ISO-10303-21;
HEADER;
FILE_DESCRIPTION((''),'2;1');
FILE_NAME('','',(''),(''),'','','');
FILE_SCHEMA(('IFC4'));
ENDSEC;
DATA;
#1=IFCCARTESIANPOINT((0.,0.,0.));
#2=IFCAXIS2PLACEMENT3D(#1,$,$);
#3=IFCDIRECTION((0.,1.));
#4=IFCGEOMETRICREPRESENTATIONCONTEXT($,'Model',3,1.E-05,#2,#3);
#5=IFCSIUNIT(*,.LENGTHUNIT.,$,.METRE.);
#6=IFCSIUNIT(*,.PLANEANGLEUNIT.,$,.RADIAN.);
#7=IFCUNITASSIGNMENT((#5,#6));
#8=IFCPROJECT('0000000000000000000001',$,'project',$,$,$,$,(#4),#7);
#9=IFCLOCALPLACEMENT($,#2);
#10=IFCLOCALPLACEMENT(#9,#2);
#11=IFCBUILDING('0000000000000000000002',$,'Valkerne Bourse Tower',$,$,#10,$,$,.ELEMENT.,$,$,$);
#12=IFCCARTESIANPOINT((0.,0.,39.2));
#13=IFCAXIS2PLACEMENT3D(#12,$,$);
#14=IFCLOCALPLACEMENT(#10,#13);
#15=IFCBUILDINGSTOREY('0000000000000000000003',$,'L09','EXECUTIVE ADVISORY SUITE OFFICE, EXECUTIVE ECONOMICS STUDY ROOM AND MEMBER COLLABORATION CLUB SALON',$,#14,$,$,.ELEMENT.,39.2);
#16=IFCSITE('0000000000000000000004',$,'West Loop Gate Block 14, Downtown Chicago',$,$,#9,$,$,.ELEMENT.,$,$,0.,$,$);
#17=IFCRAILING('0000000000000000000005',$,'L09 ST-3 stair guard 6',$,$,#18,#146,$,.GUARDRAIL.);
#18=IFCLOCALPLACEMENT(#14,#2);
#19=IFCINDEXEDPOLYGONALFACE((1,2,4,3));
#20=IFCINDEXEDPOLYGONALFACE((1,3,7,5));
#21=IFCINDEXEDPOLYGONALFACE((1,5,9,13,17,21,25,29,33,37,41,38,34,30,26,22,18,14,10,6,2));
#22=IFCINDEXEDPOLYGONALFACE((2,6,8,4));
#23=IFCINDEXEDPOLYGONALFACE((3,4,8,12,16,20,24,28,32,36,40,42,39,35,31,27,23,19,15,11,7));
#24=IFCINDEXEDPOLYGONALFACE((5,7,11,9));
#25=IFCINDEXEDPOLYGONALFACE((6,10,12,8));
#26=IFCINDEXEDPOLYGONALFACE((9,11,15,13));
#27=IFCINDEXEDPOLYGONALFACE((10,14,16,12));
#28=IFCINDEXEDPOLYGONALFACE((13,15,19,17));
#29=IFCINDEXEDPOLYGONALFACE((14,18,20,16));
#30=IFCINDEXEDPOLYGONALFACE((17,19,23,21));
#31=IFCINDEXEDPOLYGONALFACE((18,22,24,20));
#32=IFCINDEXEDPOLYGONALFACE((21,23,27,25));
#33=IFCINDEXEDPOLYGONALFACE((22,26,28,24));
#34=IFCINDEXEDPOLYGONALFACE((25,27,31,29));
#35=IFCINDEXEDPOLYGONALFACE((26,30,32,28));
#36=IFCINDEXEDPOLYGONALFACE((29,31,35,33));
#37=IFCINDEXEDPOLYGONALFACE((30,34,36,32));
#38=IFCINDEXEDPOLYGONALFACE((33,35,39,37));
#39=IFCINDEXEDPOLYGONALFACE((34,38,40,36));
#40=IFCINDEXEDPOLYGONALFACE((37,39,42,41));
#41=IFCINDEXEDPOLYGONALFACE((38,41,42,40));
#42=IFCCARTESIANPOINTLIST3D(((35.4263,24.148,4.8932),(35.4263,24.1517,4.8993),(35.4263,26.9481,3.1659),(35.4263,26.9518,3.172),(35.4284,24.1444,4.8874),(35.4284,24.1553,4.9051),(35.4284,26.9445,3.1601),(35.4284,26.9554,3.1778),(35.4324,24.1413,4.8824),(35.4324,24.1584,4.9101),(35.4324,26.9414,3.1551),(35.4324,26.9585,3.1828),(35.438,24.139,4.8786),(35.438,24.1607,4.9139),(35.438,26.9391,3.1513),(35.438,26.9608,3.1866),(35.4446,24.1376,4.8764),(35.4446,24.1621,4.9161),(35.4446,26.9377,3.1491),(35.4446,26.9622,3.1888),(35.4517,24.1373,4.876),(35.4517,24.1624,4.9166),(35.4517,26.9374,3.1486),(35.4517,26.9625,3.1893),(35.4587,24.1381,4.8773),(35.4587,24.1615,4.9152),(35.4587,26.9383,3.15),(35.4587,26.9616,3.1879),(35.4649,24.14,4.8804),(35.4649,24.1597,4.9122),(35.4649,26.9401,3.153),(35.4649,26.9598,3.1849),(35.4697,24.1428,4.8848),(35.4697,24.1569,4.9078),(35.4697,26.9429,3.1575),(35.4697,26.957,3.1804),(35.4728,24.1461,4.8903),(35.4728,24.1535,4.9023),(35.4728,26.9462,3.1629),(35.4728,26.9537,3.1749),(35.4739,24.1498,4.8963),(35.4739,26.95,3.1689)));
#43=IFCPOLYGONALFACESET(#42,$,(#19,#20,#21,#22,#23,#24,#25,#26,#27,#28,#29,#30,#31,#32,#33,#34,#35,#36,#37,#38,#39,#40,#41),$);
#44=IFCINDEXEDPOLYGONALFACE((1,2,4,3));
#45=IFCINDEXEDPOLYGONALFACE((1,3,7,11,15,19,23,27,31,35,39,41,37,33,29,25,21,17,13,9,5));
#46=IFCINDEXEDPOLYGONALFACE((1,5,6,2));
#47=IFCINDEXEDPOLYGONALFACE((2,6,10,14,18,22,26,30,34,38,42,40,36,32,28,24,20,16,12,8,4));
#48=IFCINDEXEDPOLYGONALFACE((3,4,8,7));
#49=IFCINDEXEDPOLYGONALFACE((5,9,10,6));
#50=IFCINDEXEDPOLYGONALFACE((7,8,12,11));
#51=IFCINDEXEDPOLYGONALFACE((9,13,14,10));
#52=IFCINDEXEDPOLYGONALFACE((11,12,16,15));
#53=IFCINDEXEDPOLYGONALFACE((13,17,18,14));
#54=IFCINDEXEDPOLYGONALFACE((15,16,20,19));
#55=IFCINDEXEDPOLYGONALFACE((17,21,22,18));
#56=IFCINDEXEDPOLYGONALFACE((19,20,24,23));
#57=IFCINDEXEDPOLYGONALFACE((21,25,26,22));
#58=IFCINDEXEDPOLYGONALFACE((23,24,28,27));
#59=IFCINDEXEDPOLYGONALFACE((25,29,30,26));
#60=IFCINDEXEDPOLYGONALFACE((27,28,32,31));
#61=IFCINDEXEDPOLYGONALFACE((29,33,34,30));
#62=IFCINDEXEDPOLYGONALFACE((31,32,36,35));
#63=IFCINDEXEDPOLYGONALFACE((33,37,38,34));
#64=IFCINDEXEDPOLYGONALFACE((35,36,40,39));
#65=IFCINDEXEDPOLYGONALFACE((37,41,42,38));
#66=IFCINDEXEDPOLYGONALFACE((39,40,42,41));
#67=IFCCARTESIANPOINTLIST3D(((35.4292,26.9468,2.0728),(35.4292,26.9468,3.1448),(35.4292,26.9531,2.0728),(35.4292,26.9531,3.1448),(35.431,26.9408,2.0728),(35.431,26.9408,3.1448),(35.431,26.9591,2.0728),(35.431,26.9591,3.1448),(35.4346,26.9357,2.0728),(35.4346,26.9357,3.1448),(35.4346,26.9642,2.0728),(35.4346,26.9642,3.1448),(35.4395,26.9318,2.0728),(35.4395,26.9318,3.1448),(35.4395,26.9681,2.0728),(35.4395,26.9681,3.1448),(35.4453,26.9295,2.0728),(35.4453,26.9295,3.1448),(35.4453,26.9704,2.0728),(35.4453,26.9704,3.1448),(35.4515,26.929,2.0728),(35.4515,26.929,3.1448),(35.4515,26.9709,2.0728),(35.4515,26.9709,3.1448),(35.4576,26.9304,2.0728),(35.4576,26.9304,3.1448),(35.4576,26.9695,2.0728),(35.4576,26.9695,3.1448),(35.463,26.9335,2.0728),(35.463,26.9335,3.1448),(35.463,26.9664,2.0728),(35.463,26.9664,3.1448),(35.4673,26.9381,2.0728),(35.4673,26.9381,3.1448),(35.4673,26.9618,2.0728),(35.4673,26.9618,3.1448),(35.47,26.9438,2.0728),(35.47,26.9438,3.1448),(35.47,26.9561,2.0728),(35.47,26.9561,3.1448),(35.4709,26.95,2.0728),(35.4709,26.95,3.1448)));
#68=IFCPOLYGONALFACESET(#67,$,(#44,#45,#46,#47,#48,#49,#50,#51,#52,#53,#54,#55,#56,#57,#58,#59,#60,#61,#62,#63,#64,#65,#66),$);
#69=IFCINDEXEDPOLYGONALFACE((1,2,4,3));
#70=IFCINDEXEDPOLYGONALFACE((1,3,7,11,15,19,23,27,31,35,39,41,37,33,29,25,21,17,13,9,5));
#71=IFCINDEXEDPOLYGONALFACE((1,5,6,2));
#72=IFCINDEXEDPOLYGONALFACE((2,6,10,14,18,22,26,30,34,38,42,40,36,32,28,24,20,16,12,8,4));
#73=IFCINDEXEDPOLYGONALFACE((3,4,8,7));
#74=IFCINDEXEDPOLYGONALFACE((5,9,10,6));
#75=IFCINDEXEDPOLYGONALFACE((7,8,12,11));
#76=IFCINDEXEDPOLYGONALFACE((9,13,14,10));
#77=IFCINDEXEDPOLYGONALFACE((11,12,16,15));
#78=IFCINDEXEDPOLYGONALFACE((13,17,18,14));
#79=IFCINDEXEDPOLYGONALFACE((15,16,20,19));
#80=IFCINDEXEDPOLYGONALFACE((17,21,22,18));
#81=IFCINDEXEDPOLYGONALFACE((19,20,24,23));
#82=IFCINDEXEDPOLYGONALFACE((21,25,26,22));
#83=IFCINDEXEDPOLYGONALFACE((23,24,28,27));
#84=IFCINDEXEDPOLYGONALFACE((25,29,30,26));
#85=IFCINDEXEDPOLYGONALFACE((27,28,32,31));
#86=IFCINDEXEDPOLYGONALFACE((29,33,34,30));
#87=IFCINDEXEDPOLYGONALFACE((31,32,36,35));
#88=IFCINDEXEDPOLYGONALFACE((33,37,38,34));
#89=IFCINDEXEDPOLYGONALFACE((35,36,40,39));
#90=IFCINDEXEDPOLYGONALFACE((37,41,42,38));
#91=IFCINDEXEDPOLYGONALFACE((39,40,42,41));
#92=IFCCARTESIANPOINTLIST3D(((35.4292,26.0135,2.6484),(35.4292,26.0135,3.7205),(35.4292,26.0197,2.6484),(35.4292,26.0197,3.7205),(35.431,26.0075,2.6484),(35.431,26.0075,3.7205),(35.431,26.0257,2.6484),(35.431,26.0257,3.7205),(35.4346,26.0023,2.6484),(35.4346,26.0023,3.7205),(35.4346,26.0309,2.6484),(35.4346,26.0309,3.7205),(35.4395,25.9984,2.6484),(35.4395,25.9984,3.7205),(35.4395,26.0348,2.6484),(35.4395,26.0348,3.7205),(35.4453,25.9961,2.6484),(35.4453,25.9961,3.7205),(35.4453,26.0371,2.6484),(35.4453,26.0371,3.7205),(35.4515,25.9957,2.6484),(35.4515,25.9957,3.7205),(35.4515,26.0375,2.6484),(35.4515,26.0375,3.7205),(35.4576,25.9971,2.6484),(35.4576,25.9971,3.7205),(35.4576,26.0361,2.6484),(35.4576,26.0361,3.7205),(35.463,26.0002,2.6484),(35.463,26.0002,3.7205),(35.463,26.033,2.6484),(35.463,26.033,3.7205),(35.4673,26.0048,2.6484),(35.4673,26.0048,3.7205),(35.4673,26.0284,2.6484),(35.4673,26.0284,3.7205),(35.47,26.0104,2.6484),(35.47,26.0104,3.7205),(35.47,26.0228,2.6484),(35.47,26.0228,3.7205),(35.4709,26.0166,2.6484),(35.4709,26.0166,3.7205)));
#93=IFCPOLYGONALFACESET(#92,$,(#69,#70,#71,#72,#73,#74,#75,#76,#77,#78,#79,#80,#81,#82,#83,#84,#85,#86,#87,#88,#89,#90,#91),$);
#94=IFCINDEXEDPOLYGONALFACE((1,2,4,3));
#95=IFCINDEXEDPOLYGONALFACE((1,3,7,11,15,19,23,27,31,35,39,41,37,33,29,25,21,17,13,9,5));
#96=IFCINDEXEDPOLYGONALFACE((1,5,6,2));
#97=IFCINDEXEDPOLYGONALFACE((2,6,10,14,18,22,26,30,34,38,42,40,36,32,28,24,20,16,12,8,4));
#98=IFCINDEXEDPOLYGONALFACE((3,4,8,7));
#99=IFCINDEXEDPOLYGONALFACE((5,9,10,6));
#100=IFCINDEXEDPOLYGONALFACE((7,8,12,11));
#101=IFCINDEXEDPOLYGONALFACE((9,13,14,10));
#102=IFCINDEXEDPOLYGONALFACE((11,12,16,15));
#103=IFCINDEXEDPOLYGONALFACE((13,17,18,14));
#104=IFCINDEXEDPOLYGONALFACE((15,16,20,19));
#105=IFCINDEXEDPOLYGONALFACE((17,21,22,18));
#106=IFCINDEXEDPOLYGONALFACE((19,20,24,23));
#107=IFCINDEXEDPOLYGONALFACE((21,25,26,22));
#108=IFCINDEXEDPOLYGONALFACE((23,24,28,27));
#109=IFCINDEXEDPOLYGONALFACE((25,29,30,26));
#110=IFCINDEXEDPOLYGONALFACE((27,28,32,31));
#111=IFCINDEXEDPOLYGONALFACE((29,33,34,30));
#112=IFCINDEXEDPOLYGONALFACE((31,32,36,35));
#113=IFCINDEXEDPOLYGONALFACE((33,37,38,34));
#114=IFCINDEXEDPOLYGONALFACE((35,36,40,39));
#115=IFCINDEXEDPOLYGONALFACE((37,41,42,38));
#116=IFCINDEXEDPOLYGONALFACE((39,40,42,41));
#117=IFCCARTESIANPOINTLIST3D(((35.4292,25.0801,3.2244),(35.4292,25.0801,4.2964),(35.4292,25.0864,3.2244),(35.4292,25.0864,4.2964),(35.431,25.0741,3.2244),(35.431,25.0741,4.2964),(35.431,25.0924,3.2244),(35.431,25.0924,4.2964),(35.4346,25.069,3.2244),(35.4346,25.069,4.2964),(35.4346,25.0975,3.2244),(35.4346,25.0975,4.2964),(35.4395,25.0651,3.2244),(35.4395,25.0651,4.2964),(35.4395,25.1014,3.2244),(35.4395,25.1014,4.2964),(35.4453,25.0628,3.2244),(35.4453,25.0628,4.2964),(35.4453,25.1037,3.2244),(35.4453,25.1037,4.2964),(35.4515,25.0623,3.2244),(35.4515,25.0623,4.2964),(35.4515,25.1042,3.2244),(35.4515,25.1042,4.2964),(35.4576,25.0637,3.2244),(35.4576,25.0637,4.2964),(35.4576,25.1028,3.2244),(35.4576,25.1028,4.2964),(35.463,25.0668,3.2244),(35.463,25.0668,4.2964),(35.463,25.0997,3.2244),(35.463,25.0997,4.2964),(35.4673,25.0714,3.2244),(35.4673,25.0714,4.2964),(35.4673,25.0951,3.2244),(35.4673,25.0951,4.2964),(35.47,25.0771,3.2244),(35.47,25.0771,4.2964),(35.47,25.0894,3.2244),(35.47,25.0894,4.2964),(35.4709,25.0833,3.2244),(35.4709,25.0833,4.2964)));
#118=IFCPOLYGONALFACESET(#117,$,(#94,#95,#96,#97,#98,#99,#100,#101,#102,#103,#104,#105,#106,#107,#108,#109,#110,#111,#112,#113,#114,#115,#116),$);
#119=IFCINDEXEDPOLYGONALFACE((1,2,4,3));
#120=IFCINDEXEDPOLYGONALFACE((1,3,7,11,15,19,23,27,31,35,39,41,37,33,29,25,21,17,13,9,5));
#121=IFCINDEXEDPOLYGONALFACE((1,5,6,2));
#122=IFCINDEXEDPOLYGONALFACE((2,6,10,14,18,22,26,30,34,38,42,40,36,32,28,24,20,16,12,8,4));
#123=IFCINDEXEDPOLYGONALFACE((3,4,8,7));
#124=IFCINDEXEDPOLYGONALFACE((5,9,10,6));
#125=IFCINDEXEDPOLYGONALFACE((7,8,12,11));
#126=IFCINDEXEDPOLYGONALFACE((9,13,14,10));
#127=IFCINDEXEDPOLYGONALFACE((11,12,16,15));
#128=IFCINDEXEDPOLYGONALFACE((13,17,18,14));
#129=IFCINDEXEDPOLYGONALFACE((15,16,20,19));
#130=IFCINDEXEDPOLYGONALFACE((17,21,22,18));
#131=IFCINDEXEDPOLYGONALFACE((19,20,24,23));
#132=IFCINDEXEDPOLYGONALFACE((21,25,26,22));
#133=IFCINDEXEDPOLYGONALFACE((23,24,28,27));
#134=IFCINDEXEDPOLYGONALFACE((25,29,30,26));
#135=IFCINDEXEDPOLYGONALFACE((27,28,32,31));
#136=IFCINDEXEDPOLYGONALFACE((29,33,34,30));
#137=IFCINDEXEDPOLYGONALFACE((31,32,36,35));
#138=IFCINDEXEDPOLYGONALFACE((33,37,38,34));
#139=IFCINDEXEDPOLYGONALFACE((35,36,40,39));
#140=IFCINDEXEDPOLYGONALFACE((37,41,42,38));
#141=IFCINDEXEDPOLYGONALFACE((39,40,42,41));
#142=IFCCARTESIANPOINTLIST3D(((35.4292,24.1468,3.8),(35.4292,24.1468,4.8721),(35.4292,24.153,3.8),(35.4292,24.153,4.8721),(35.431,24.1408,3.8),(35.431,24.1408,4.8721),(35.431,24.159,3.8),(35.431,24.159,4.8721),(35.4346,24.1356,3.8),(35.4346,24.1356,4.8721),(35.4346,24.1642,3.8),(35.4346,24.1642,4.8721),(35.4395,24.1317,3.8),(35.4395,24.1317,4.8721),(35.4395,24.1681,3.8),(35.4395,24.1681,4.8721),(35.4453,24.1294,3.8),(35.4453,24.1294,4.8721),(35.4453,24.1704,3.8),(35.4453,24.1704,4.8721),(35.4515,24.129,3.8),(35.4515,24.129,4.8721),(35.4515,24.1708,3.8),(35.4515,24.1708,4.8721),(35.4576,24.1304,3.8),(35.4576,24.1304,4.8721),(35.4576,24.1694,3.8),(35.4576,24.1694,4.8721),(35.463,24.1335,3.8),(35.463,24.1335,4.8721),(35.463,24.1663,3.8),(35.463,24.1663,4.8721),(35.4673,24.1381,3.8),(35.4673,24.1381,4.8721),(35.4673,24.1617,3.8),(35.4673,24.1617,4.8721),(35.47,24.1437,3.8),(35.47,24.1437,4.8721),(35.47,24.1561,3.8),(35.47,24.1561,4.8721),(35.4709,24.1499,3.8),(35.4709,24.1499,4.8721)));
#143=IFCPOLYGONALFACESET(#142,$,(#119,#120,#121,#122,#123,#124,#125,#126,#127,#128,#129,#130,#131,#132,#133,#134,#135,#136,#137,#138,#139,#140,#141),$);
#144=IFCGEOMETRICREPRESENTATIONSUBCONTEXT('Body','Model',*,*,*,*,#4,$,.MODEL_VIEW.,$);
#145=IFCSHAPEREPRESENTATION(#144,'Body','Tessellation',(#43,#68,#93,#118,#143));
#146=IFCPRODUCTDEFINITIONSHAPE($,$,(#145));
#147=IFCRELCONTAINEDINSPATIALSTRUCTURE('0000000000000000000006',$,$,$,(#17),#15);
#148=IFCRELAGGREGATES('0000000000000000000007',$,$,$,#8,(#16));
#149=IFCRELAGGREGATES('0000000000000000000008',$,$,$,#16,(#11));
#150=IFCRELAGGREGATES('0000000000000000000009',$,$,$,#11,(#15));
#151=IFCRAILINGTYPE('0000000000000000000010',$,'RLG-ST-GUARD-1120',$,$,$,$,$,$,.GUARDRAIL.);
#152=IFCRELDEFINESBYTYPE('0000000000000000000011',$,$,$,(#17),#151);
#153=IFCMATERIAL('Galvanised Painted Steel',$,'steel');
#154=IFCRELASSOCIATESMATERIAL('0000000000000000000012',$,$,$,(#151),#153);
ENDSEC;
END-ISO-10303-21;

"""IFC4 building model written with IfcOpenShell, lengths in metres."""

from ifc_helpers import new_model, si_unit, direction, frame, origin, origin_2d, place, context, subcontext, project, spatial, circle, extrude, material, type_object, element, save


model = new_model("IFC4")

# Units and contexts
model_context = context("Model", 3, precision=1e-05, world=origin(), true_north=direction((0.0, 1.0)))
body_context = subcontext(model_context, "Body", "Model", "MODEL_VIEW")
ifc_project = project(units=[si_unit("LENGTHUNIT", "METRE"), si_unit("PLANEANGLEUNIT", "RADIAN")], contexts=[model_context])

# Site, building, storey
site_placement = place(None, origin())
site = spatial("IfcSite", under=ifc_project, at=site_placement, Name="West Loop Gate Block 14, Downtown Chicago", CompositionType="ELEMENT", RefElevation=0.0)
building_placement = place(site_placement, origin())
building = spatial("IfcBuilding", under=site, at=building_placement, Name="Valkerne Bourse Tower", CompositionType="ELEMENT")
storey_placement = place(building_placement, frame((0.0, 0.0, 39.2)))
storey = spatial("IfcBuildingStorey", under=building, at=storey_placement, Name="L09", Description="EXECUTIVE ADVISORY SUITE OFFICE, EXECUTIVE ECONOMICS STUDY ROOM AND MEMBER COLLABORATION CLUB SALON", CompositionType="ELEMENT", Elevation=39.2)

# Shared definitions
ifc_material_1 = material(Name="Galvanised Painted Steel", Category="steel")

# Railing
railing_type_1 = type_object("IfcRailingType", Name="RLG-ST-GUARD-1120", PredefinedType="GUARDRAIL", material=ifc_material_1)
railing_1_placement = place(storey_placement, frame((35.45, 26.95, 2.0728)))
element("IfcRailing", 1, at=railing_1_placement, inside=storey, type_object=railing_type_1, Name="L09 ST-3 stair guard 6", PredefinedType="GUARDRAIL", context=body_context, shape_type="SweptSolid", body=[
    extrude(circle(Radius=0.0239, at=origin_2d()), frame((0.0, 0.0, 1.0962), z_axis=(0.0, -0.85109, 0.52502), x_axis=(1.0, 0.0, 0.0)), (0.0, 0.0, 1.0), 3.29),
    extrude(circle(Radius=0.021, at=origin_2d()), origin(), (0.0, 0.0, 1.0), 1.072),
    extrude(circle(Radius=0.021, at=origin_2d()), frame((0.0, -0.9333, 0.5757)), (0.0, 0.0, 1.0), 1.072),
    extrude(circle(Radius=0.021, at=origin_2d()), frame((0.0, -1.8667, 1.1516)), (0.0, 0.0, 1.0), 1.072),
    extrude(circle(Radius=0.021, at=origin_2d()), frame((0.0, -2.8, 1.7273)), (0.0, 0.0, 1.0), 1.072),
])

save(model, "model.ifc")
